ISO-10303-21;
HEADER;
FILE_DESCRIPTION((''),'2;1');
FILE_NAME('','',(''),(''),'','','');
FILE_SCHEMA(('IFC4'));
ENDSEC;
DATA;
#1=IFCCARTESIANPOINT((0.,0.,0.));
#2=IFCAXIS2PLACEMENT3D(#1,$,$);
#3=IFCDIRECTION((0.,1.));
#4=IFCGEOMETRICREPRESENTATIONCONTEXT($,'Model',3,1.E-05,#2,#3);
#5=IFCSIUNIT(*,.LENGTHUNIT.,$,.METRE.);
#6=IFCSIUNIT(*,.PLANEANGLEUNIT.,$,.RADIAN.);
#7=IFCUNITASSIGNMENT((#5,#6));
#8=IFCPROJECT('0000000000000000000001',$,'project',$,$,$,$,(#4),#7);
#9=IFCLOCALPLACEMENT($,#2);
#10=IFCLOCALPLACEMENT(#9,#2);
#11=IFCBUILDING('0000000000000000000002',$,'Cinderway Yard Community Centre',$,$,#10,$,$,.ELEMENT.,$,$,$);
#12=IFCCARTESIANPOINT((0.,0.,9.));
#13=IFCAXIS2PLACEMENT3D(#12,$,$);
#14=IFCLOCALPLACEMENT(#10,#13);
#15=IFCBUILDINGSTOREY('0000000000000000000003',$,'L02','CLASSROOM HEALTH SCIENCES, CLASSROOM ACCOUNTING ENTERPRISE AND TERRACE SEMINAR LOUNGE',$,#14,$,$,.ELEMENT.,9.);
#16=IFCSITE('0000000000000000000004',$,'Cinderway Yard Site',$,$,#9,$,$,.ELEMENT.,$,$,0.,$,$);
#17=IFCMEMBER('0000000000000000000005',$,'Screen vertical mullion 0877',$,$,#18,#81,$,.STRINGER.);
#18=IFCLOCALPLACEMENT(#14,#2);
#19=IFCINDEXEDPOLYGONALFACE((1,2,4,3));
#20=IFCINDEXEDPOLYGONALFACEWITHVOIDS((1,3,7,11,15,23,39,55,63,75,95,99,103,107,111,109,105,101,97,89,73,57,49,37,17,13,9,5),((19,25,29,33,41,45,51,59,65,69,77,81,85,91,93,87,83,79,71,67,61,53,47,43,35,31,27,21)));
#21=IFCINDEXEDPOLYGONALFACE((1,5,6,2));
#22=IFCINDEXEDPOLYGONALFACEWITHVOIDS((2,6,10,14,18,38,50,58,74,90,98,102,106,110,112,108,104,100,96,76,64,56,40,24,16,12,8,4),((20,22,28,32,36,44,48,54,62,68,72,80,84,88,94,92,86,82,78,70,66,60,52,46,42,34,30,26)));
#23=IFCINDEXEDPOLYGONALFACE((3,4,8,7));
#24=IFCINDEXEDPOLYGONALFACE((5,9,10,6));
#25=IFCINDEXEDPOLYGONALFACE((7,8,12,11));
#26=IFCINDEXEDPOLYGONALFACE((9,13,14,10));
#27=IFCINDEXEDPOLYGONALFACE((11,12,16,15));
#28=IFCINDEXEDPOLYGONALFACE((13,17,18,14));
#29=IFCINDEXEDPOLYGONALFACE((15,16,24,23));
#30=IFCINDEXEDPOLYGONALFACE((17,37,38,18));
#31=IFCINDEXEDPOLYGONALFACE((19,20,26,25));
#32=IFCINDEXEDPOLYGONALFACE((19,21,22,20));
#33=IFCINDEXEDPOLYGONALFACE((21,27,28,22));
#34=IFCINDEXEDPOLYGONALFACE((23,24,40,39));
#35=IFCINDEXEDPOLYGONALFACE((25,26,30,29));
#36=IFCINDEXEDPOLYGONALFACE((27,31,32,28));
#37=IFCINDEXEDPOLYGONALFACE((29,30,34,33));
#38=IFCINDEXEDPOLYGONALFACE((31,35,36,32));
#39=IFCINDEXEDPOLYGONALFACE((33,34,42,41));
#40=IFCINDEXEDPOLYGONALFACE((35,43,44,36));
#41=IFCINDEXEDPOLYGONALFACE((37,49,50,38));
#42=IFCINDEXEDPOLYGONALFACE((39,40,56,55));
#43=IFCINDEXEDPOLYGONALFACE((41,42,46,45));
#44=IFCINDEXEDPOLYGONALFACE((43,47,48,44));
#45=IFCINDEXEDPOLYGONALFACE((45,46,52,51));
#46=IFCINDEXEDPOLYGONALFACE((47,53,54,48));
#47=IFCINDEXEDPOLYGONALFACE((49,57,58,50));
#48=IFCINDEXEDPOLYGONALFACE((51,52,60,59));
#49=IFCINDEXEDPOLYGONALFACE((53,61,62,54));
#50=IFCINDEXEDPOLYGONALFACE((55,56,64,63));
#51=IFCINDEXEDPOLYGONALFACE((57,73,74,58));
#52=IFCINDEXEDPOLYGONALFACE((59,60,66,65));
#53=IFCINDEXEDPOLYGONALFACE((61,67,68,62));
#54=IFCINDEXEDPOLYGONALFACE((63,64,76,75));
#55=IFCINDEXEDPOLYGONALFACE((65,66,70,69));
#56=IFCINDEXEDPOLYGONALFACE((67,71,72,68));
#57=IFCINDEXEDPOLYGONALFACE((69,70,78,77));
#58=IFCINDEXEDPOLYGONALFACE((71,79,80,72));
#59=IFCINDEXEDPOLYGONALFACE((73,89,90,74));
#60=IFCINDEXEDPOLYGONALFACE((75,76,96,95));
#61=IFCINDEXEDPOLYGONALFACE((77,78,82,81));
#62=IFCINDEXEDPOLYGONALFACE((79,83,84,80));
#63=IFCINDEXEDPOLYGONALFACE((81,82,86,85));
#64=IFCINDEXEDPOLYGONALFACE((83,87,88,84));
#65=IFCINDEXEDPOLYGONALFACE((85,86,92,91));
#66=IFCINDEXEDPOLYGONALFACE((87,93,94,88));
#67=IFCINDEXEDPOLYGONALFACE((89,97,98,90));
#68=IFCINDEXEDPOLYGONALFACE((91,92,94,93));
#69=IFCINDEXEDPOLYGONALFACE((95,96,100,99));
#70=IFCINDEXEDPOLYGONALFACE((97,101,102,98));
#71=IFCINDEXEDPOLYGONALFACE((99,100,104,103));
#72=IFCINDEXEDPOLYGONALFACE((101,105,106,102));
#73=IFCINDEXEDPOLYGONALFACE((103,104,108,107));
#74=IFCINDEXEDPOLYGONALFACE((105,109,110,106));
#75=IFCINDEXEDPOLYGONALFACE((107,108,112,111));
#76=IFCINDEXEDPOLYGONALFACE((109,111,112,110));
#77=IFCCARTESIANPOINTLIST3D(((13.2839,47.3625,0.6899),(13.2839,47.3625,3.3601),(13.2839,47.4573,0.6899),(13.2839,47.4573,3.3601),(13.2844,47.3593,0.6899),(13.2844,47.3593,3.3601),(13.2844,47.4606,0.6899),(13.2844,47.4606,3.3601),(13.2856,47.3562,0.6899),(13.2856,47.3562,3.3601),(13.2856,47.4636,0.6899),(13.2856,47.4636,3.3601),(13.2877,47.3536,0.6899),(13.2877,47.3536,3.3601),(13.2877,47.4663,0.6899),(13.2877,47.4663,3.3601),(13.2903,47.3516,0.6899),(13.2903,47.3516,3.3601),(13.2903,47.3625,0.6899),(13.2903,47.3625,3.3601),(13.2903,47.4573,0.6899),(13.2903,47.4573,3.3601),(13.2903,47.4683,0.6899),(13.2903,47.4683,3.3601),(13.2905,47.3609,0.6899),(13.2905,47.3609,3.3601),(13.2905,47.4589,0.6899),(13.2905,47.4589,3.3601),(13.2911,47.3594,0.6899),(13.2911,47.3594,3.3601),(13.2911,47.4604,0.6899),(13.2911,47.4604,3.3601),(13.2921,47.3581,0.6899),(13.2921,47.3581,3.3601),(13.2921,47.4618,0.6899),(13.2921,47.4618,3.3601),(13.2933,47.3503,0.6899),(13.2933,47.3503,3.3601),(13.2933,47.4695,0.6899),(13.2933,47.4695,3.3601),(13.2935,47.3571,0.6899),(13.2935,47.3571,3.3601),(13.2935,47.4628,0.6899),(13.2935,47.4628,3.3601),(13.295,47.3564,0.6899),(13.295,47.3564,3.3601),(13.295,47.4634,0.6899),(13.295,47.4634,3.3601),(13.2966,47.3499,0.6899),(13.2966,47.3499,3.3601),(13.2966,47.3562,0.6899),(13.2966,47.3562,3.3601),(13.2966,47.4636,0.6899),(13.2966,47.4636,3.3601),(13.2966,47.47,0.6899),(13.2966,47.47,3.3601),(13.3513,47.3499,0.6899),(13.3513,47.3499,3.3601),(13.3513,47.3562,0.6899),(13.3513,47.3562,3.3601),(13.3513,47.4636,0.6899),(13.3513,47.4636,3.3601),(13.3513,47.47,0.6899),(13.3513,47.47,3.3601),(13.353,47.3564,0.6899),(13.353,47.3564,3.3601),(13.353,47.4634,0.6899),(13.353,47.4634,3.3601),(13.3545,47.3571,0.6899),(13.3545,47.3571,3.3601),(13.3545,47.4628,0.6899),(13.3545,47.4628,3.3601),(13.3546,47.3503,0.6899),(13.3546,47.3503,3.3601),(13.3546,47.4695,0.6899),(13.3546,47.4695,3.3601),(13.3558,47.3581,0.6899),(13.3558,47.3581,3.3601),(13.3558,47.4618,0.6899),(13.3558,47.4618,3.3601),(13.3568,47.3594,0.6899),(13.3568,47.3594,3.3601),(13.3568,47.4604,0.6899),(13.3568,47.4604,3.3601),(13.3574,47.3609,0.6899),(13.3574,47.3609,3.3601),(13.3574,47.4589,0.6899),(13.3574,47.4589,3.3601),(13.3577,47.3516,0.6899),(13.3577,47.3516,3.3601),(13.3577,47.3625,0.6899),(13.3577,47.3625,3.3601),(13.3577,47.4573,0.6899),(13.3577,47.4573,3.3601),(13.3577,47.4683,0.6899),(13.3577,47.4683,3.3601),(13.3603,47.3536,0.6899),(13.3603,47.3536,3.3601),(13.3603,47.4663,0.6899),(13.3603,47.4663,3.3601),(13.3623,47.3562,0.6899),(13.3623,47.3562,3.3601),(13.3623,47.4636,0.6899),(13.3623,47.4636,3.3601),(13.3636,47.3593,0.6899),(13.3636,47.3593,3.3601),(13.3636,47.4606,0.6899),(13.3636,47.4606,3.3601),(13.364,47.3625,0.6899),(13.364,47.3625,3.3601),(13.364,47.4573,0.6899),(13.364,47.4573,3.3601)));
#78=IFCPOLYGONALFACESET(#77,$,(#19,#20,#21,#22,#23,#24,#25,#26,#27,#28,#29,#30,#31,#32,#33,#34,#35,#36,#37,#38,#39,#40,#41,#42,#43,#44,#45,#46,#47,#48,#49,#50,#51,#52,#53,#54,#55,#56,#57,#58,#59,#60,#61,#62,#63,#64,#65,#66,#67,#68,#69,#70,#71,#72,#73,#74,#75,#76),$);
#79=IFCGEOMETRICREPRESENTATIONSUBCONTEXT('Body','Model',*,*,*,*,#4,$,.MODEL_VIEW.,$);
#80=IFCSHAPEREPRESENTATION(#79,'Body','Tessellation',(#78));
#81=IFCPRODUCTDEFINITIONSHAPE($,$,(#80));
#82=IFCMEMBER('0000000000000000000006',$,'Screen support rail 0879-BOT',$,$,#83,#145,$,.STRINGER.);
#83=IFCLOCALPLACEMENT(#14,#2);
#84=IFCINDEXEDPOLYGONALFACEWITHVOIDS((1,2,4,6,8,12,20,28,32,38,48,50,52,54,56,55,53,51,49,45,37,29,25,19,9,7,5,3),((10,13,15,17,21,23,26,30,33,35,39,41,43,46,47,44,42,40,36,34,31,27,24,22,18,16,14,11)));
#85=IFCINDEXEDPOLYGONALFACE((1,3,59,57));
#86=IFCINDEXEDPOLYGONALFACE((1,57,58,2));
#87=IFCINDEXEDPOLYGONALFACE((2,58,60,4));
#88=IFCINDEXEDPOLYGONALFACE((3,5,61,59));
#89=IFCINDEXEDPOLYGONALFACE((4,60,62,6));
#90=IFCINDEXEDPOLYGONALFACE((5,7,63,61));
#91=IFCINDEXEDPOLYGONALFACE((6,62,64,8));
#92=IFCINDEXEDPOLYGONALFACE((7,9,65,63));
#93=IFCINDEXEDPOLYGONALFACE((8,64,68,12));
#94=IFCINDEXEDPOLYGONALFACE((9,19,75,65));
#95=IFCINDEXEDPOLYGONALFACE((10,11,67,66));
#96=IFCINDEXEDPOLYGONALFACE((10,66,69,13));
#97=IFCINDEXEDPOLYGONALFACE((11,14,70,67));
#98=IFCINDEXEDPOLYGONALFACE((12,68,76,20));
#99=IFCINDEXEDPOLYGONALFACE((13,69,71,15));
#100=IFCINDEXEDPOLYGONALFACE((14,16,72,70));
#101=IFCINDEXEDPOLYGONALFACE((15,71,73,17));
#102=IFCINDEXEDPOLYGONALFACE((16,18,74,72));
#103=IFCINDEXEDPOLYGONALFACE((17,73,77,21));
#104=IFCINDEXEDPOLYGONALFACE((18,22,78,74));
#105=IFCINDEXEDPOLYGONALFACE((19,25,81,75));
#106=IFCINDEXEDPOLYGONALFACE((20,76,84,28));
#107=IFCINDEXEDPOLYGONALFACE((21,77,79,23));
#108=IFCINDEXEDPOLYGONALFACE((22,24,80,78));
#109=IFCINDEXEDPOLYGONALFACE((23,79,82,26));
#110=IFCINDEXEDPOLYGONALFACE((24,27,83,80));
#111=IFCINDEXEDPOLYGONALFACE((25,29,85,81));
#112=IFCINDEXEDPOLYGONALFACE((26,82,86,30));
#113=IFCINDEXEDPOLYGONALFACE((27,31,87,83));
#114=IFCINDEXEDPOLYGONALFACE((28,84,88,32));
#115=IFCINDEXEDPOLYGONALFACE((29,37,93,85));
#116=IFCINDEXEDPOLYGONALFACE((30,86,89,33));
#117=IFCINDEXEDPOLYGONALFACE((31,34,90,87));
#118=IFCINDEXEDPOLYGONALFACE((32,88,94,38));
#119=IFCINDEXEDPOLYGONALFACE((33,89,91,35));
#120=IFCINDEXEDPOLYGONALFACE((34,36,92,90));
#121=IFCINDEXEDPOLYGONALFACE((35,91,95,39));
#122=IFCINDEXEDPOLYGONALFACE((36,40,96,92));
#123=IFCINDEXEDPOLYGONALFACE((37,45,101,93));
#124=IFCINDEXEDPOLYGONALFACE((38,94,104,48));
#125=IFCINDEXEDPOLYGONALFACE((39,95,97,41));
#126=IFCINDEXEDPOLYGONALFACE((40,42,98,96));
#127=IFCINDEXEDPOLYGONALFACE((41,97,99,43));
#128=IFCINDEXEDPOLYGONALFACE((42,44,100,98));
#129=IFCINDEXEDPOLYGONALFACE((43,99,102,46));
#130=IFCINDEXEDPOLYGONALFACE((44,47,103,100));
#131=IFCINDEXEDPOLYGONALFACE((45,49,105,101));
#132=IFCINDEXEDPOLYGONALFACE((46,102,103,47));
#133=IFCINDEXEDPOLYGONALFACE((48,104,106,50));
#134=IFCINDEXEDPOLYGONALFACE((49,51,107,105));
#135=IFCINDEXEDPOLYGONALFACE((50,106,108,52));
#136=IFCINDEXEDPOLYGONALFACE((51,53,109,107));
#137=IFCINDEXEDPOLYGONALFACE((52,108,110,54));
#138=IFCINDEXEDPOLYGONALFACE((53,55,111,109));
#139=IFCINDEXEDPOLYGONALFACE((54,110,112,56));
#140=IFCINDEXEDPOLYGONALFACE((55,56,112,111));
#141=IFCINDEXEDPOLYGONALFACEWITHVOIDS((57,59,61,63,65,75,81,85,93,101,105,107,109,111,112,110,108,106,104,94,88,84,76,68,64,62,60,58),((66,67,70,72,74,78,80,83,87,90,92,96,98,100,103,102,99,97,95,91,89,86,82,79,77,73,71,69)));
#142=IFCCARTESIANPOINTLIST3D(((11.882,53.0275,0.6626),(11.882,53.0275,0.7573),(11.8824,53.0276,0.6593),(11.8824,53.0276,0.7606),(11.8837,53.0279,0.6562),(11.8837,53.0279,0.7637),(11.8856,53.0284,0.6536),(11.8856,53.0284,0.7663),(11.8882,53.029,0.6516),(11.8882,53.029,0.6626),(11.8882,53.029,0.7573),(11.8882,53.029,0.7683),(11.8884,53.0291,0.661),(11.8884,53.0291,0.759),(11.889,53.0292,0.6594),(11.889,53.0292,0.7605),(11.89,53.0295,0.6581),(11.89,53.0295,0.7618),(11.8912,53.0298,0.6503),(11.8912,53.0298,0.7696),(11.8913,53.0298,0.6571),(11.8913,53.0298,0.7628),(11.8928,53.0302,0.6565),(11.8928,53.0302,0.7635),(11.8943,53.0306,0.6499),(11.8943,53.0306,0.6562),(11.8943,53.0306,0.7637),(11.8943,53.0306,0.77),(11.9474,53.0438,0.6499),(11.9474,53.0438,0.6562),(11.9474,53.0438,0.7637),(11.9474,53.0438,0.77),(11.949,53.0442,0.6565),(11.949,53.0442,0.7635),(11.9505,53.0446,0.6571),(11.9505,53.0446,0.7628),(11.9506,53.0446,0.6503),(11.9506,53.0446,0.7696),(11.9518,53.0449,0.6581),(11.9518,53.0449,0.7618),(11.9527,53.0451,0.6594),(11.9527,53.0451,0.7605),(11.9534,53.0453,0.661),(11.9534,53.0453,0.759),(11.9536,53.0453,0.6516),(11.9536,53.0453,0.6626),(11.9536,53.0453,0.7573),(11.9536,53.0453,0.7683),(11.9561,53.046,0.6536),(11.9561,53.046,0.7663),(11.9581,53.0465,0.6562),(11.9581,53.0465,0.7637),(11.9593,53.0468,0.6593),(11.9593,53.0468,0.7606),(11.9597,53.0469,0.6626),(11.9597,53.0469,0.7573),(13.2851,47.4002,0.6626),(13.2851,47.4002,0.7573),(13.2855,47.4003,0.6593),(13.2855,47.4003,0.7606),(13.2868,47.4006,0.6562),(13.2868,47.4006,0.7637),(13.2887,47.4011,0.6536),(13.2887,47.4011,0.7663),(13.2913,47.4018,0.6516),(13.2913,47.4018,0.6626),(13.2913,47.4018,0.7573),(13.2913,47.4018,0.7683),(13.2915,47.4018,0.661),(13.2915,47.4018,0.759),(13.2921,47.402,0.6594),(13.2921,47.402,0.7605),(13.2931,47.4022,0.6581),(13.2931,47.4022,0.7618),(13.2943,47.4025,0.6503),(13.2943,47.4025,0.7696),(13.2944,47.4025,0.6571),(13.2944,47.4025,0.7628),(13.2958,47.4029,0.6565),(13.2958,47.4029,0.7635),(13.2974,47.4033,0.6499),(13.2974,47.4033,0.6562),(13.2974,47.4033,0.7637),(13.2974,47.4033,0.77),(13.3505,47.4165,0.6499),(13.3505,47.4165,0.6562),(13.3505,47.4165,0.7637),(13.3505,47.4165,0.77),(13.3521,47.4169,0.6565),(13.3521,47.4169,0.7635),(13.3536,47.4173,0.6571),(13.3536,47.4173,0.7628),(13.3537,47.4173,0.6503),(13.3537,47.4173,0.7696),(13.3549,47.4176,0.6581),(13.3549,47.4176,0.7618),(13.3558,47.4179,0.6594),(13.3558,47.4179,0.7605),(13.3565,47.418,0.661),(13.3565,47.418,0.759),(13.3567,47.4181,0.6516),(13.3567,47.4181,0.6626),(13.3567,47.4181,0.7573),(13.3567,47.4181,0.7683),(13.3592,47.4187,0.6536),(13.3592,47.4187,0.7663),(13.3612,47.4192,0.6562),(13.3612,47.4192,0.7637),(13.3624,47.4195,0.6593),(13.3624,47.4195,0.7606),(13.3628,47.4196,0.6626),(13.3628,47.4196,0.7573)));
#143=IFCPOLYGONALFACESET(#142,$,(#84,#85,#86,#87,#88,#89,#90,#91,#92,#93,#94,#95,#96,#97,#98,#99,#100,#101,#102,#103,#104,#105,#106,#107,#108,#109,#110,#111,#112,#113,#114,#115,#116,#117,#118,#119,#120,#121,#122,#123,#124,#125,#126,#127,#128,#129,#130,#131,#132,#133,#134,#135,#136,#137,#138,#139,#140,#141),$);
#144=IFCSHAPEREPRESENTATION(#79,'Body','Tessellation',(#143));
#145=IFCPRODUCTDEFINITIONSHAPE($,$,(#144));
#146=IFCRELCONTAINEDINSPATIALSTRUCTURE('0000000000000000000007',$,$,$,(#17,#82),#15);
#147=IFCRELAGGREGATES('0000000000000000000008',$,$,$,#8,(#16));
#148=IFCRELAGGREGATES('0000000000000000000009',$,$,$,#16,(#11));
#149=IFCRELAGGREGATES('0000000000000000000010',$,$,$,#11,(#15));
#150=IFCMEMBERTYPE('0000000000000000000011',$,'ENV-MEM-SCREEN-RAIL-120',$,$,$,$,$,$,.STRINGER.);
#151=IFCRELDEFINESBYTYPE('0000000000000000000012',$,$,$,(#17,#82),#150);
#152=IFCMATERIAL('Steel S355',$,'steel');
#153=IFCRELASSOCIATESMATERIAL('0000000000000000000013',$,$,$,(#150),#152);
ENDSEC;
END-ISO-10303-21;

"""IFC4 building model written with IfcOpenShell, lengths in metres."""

from ifc_helpers import new_model, si_unit, direction, frame, origin, origin_2d, place, context, subcontext, project, spatial, hollow_rectangle, extrude, material, material_profile, profile_set, type_object, element, save


model = new_model("IFC4")

# Units and contexts
model_context = context("Model", 3, precision=1e-05, world=origin(), true_north=direction((0.0, 1.0)))
body_context = subcontext(model_context, "Body", "Model", "MODEL_VIEW")
ifc_project = project(units=[si_unit("LENGTHUNIT", "METRE"), si_unit("PLANEANGLEUNIT", "RADIAN")], contexts=[model_context])

# Site, building, storey
site_placement = place(None, origin())
site = spatial("IfcSite", under=ifc_project, at=site_placement, Name="Cinderway Yard Site", CompositionType="ELEMENT", RefElevation=0.0)
building_placement = place(site_placement, origin())
building = spatial("IfcBuilding", under=site, at=building_placement, Name="Cinderway Yard Community Centre", CompositionType="ELEMENT")
storey_placement = place(building_placement, frame((0.0, 0.0, 9.0)))
storey = spatial("IfcBuildingStorey", under=building, at=storey_placement, Name="L02", Description="CLASSROOM HEALTH SCIENCES, CLASSROOM ACCOUNTING ENTERPRISE AND TERRACE SEMINAR LOUNGE", CompositionType="ELEMENT", Elevation=9.0)

# Members
ifc_material_1 = material(Name="Steel S355", Category="steel")
ifc_material_profile_1 = material_profile(ifc_material_1, hollow_rectangle(XDim=0.0801, YDim=0.1201, WallThickness=0.0063, InnerFilletRadius=0.0063, OuterFilletRadius=0.0127, at=origin_2d()), Name="Steel S355")
ifc_profile_set_1 = profile_set([ifc_material_profile_1], Name="Steel S355")
member_type_1 = type_object("IfcMemberType", Name="ENV-MEM-SCREEN-RAIL-120", PredefinedType="STRINGER", material=ifc_profile_set_1)
for number, where, z_axis, x_axis, name in (
    (1, (13.324, 47.4099, 0.6899), (0.0, 0.0, 1.0), (1.0, 0.0, 0.0), "Screen vertical mullion 0877"),
):
    element("IfcMember", number, at=place(storey_placement, frame(where, z_axis=z_axis, x_axis=x_axis)), inside=storey, type_object=member_type_1, Name=name, PredefinedType="STRINGER", context=body_context, shape_type="SweptSolid", body=[
        extrude(hollow_rectangle(XDim=0.0801, YDim=0.1201, WallThickness=0.0063, InnerFilletRadius=0.0063, OuterFilletRadius=0.0127, at=origin_2d()), origin(), (0.0, 0.0, 1.0), 2.6702),
    ])
for number, where, z_axis, x_axis, name in (
    (2, (13.324, 47.4099, 0.71), (-0.241931, 0.970293, 0.0), (-0.970293, -0.241931, 0.0), "Screen support rail 0879-BOT"),
):
    element("IfcMember", number, at=place(storey_placement, frame(where, z_axis=z_axis, x_axis=x_axis)), inside=storey, type_object=member_type_1, Name=name, PredefinedType="STRINGER", context=body_context, shape_type="SweptSolid", body=[
        extrude(hollow_rectangle(XDim=0.0801, YDim=0.1201, WallThickness=0.0063, InnerFilletRadius=0.0063, OuterFilletRadius=0.0127, at=origin_2d()), origin(), (0.0, 0.0, 1.0), 5.7996),
    ])

save(model, "model.ifc")
